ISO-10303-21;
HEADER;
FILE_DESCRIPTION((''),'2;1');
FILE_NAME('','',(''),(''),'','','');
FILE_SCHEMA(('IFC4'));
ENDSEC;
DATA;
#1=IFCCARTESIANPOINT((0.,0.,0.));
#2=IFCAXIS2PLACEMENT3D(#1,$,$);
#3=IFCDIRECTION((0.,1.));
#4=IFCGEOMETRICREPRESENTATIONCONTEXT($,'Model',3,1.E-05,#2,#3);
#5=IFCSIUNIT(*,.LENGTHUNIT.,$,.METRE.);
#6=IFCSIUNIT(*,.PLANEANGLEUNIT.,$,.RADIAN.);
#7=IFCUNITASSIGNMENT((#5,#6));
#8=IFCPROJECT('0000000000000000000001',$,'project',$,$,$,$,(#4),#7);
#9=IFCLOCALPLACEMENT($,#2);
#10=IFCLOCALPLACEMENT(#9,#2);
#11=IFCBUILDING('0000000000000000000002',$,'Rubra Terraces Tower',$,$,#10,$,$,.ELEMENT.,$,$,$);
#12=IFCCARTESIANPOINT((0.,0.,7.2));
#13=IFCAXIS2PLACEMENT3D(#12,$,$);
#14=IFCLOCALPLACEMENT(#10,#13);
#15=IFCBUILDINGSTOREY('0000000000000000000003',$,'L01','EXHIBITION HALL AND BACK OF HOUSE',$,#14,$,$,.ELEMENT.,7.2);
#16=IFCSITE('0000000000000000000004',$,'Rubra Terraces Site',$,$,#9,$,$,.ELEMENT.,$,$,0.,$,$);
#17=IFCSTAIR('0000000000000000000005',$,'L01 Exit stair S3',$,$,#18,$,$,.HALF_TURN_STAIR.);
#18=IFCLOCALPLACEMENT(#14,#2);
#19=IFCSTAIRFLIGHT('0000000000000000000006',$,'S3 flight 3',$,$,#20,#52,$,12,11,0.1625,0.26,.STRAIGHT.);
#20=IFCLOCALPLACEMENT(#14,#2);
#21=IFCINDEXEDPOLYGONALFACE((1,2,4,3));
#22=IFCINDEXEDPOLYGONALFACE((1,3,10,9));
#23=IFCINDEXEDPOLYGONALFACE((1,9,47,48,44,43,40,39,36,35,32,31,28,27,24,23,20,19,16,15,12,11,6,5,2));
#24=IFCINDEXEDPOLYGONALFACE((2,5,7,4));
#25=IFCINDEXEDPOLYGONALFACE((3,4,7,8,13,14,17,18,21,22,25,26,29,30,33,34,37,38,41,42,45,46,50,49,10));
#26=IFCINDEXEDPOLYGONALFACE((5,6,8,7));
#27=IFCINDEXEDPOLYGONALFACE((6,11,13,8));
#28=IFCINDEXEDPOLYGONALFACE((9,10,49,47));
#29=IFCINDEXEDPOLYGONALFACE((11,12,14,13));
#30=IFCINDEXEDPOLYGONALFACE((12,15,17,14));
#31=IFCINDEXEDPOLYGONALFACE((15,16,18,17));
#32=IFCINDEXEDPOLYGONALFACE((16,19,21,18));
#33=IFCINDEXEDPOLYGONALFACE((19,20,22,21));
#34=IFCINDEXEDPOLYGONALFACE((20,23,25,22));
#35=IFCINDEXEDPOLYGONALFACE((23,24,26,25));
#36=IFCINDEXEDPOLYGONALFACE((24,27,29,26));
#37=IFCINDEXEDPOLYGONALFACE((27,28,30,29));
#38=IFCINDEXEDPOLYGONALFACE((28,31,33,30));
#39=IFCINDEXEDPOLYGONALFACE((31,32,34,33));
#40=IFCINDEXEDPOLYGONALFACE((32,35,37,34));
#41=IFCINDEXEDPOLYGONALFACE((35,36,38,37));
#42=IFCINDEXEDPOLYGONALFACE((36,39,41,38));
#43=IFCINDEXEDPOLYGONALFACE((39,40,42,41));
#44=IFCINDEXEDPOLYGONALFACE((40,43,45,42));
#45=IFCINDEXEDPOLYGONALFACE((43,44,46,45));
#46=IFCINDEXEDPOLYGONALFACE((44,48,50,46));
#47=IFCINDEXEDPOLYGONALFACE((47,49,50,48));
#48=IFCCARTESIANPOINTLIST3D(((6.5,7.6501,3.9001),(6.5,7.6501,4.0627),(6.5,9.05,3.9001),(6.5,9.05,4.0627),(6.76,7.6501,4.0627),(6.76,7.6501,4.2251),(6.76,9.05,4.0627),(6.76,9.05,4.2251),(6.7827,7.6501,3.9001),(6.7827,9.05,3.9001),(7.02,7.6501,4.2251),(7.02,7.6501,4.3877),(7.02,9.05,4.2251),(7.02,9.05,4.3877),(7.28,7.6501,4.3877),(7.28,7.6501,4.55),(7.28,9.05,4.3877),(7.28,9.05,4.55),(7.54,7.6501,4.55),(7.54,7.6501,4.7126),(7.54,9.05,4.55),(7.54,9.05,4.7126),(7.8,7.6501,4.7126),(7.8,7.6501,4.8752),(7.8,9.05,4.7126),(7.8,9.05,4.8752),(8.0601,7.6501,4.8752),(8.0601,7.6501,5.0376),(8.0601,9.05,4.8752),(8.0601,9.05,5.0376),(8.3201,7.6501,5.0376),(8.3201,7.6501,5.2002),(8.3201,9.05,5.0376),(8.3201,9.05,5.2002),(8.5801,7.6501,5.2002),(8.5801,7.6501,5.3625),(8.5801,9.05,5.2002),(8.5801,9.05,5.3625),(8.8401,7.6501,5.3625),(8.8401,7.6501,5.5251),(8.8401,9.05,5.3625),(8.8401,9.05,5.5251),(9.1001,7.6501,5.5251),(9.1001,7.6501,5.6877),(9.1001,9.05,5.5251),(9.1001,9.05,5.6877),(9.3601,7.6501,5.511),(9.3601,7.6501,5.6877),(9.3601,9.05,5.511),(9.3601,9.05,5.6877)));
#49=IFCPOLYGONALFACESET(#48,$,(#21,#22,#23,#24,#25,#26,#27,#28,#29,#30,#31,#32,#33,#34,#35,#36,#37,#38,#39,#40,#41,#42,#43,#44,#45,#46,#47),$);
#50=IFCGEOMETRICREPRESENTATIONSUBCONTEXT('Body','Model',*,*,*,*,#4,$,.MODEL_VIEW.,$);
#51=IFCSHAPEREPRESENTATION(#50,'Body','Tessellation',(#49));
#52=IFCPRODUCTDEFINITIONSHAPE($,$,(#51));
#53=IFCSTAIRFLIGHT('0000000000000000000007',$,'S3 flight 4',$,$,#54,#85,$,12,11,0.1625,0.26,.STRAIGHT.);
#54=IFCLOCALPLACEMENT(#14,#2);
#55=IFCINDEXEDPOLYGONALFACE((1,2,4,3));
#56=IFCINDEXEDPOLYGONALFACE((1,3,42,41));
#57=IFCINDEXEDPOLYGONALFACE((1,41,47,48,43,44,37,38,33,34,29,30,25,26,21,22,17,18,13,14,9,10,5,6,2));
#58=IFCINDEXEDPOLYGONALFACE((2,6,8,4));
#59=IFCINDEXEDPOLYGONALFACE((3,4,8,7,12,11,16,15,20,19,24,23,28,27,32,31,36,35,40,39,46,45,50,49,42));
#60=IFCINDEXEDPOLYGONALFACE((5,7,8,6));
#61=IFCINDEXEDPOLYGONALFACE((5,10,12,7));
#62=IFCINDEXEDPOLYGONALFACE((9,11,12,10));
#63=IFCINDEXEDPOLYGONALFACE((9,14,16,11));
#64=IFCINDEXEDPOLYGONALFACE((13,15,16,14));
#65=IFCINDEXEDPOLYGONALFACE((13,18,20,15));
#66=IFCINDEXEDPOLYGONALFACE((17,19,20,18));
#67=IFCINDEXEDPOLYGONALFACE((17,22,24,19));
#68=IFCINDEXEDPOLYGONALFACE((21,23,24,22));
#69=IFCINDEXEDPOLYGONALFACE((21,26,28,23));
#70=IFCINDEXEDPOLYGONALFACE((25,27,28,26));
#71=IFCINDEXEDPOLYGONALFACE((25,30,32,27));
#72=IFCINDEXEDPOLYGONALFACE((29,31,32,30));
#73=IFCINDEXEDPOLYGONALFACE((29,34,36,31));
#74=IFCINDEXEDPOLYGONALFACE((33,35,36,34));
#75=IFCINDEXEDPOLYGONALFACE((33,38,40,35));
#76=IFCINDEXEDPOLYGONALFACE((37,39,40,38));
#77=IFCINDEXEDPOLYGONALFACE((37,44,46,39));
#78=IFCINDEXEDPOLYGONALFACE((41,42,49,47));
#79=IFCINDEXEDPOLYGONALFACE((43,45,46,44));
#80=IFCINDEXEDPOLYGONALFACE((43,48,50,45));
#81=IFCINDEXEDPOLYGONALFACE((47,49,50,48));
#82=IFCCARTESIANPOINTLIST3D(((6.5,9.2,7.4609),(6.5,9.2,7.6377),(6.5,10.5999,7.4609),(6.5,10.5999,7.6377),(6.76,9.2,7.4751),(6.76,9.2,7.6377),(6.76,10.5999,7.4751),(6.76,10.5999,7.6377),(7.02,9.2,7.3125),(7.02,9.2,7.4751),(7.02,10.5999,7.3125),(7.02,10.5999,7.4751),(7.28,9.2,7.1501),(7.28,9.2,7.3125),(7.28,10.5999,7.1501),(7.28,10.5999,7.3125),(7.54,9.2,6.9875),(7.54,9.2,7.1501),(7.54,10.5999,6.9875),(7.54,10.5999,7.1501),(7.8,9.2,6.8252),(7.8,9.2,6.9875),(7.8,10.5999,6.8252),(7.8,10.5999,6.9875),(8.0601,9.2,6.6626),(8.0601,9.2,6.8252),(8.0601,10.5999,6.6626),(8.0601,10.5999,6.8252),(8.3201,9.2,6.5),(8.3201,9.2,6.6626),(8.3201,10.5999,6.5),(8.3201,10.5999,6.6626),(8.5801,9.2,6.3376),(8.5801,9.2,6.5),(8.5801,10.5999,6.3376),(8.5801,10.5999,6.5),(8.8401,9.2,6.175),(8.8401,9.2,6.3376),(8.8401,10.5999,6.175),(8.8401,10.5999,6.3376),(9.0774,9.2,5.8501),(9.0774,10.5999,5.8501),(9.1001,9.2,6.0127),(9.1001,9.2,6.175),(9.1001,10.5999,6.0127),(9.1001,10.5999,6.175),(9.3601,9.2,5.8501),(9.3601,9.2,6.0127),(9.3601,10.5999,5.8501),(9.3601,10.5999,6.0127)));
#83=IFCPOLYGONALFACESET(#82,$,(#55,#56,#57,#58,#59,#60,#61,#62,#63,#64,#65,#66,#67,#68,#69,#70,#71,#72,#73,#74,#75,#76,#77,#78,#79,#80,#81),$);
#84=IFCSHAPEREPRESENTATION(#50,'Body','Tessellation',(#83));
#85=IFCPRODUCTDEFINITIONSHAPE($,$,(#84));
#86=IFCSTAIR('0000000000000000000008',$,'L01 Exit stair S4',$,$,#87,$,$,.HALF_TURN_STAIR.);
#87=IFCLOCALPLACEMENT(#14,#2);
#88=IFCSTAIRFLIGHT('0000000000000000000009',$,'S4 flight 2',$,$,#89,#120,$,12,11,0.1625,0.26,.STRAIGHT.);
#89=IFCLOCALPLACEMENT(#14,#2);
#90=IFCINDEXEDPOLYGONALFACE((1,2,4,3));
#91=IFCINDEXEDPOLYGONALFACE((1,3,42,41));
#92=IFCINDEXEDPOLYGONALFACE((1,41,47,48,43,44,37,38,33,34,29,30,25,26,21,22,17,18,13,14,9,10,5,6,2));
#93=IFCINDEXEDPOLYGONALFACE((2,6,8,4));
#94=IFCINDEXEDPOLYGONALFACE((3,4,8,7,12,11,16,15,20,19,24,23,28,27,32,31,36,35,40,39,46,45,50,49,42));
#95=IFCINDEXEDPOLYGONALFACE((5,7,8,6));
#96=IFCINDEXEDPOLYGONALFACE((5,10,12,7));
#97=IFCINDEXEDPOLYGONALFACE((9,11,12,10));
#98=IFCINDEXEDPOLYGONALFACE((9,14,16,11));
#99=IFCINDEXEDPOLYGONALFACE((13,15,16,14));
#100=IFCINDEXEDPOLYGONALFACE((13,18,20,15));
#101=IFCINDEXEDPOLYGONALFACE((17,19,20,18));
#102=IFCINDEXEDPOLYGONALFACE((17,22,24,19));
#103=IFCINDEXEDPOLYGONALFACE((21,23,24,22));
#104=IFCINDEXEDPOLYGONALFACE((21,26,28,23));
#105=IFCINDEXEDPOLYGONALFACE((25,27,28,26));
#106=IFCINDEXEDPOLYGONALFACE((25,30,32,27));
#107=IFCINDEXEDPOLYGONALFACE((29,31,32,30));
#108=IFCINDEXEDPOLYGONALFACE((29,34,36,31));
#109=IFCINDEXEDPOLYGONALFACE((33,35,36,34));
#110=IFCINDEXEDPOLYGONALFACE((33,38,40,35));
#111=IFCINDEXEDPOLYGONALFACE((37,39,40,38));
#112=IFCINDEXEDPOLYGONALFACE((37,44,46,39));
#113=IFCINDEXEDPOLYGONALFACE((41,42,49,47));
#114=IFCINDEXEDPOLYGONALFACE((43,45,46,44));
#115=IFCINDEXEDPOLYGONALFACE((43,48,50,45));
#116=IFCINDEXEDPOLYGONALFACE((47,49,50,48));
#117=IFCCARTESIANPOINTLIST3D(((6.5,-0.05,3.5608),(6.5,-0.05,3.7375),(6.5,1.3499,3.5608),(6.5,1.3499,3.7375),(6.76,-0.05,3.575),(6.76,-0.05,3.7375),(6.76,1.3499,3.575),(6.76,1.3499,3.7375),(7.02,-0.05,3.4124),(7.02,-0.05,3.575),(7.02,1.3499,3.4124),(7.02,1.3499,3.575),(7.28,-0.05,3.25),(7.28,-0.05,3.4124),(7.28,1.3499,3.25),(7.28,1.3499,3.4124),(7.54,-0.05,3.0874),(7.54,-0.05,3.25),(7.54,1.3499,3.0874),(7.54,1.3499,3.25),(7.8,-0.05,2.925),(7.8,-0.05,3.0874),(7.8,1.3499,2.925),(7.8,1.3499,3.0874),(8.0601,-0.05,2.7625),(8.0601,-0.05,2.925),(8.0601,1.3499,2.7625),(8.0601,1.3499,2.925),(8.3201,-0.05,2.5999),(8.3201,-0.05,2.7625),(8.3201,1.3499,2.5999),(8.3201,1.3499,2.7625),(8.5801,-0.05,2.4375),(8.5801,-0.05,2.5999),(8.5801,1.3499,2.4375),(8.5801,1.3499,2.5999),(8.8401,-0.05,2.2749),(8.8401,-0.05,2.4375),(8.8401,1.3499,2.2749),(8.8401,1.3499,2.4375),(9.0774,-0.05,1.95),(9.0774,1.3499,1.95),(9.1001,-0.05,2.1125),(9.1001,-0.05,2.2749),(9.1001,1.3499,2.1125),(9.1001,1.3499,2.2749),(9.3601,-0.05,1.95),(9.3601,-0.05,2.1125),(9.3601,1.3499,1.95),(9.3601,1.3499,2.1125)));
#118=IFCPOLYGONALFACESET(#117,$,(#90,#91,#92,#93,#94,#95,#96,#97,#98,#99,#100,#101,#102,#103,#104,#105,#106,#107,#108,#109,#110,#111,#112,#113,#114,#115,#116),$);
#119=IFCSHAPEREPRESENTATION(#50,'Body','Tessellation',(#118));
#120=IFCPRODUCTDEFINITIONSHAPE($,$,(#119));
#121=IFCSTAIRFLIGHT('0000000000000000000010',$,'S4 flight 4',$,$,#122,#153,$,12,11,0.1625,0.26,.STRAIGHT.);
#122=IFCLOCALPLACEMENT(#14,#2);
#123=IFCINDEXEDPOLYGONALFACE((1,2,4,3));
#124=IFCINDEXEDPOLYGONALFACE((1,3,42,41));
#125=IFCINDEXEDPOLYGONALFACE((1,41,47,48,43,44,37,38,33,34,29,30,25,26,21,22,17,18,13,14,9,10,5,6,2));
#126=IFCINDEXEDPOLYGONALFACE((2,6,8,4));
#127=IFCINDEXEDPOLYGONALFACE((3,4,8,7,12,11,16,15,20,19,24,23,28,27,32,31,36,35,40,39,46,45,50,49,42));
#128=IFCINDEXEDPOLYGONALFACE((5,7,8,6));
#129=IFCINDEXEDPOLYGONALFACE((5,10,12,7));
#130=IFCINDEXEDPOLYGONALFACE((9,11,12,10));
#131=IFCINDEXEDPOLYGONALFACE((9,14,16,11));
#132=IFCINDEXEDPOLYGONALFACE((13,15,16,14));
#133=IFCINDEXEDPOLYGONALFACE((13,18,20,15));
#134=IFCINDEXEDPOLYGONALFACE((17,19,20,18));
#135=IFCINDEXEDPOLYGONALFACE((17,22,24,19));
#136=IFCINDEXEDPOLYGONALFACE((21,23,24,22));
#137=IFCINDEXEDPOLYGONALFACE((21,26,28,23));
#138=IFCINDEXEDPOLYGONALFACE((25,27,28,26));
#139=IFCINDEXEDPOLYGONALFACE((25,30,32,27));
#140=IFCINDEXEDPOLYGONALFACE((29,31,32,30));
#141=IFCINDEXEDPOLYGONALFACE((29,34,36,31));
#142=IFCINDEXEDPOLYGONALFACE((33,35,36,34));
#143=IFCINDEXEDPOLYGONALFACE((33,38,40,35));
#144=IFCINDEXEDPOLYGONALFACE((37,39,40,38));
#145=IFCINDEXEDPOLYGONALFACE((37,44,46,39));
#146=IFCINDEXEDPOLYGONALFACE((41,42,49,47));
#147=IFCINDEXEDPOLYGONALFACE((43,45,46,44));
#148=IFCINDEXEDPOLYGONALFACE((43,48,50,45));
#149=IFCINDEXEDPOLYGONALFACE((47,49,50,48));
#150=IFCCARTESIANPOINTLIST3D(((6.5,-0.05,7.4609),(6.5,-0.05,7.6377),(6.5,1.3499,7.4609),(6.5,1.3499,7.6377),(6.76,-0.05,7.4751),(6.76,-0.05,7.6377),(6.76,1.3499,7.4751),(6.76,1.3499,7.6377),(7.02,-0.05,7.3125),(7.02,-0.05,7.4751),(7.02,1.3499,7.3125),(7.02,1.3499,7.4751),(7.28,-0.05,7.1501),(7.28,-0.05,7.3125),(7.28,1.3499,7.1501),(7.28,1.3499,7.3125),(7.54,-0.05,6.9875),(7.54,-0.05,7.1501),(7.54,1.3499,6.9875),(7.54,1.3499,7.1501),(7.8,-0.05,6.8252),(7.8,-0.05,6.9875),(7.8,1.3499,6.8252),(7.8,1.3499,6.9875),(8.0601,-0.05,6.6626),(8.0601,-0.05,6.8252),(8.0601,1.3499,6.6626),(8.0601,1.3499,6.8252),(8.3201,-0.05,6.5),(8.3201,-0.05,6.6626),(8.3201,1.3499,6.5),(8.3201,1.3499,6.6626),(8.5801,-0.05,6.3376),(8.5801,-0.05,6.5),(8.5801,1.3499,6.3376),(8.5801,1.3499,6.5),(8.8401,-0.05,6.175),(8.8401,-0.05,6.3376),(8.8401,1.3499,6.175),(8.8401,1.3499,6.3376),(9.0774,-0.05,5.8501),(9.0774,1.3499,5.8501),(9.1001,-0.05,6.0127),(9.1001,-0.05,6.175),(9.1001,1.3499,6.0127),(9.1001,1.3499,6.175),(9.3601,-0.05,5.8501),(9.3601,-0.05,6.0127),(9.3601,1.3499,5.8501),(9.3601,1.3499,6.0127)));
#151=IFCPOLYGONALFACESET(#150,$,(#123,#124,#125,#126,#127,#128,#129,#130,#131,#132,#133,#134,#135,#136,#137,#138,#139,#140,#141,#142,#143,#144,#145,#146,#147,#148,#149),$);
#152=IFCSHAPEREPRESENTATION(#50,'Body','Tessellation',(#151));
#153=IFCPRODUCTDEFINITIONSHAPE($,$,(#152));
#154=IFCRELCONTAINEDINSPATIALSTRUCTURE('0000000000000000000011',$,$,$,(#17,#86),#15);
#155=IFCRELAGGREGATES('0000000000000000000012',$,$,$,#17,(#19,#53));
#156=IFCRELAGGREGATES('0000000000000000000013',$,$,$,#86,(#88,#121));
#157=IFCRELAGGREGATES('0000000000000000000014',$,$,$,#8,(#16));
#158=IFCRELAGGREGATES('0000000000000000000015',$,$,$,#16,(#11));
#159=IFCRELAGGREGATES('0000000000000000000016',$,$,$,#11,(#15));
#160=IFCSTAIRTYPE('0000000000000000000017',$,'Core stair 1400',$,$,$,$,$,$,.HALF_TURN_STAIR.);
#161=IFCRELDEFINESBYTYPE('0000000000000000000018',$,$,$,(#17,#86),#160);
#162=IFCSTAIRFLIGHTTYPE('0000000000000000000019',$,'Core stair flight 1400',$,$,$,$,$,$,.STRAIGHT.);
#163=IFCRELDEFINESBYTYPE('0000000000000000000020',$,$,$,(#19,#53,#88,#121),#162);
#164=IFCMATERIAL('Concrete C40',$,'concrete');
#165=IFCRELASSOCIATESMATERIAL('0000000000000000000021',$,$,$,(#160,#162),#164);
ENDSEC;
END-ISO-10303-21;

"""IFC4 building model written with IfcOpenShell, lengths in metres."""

from ifc_helpers import new_model, si_unit, direction, frame, origin, place, context, subcontext, project, spatial, polyline, outline, extrude, material, type_object, element, aggregate, save


model = new_model("IFC4")

# Units and contexts
model_context = context("Model", 3, precision=1e-05, world=origin(), true_north=direction((0.0, 1.0)))
body_context = subcontext(model_context, "Body", "Model", "MODEL_VIEW")
ifc_project = project(units=[si_unit("LENGTHUNIT", "METRE"), si_unit("PLANEANGLEUNIT", "RADIAN")], contexts=[model_context])

# Site, building, storey
site_placement = place(None, origin())
site = spatial("IfcSite", under=ifc_project, at=site_placement, Name="Rubra Terraces Site", CompositionType="ELEMENT", RefElevation=0.0)
building_placement = place(site_placement, origin())
building = spatial("IfcBuilding", under=site, at=building_placement, Name="Rubra Terraces Tower", CompositionType="ELEMENT")
storey_placement = place(building_placement, frame((0.0, 0.0, 7.2)))
storey = spatial("IfcBuildingStorey", under=building, at=storey_placement, Name="L01", Description="EXHIBITION HALL AND BACK OF HOUSE", CompositionType="ELEMENT", Elevation=7.2)

# Shared definitions
ifc_material_1 = material(Name="Concrete C40", Category="concrete")

# Stairs, stair flights
stair_type = type_object("IfcStairType", Name="Core stair 1400", PredefinedType="HALF_TURN_STAIR", material=ifc_material_1)
stair_1_placement = place(storey_placement, origin())
stair_1 = element("IfcStair", 1, at=stair_1_placement, inside=storey, type_object=stair_type, Name="L01 Exit stair S3", PredefinedType="HALF_TURN_STAIR")
stair_flight_type = type_object("IfcStairFlightType", Name="Core stair flight 1400", PredefinedType="STRAIGHT", material=ifc_material_1)
stair_flight_1_placement = place(storey_placement, frame((6.5, 8.3501, 3.9001), z_axis=(0.0, 0.0, 1.0), x_axis=(1.0, 0.0, 0.0)))
stair_flight_1 = element("IfcStairFlight", 2, at=stair_flight_1_placement, type_object=stair_flight_type, Name="S3 flight 3", NumberOfRisers=12, NumberOfTreads=11, PredefinedType="STRAIGHT", RiserHeight=0.1625, TreadLength=0.26, context=body_context, shape_type="SweptSolid", body=[
    extrude(outline(polyline([(0.0, 0.0), (0.0, 0.1626), (0.26, 0.1626), (0.26, 0.325), (0.52, 0.325), (0.52, 0.4875), (0.78, 0.4875), (0.78, 0.6499), (1.04, 0.6499), (1.04, 0.8125), (1.3, 0.8125), (1.3, 0.9751), (1.5601, 0.9751), (1.5601, 1.1375), (1.8201, 1.1375), (1.8201, 1.3), (2.0801, 1.3), (2.0801, 1.4624), (2.3401, 1.4624), (2.3401, 1.625), (2.6001, 1.625), (2.6001, 1.7876), (2.8601, 1.7876), (2.8601, 1.95), (2.8601, 1.6108), (0.2827, 0.0), (0.0, 0.0)])), frame((0.0, 0.7, 0.0), z_axis=(0.0, -1.0, 0.0), x_axis=(1.0, 0.0, 0.0)), (0.0, 0.0, 1.0), 1.3999),
])
stair_flight_2_placement = place(storey_placement, frame((9.3601, 9.8999, 5.8501), z_axis=(0.0, 0.0, 1.0), x_axis=(-1.0, 0.0, 0.0)))
stair_flight_2 = element("IfcStairFlight", 3, at=stair_flight_2_placement, type_object=stair_flight_type, Name="S3 flight 4", NumberOfRisers=12, NumberOfTreads=11, PredefinedType="STRAIGHT", RiserHeight=0.1625, TreadLength=0.26, context=body_context, shape_type="SweptSolid", body=[
    extrude(outline(polyline([(0.0, 0.0), (0.0, 0.1626), (0.26, 0.1626), (0.26, 0.325), (0.52, 0.325), (0.52, 0.4875), (0.78, 0.4875), (0.78, 0.6499), (1.04, 0.6499), (1.04, 0.8125), (1.3, 0.8125), (1.3, 0.9751), (1.5601, 0.9751), (1.5601, 1.1375), (1.8201, 1.1375), (1.8201, 1.3), (2.0801, 1.3), (2.0801, 1.4624), (2.3401, 1.4624), (2.3401, 1.625), (2.6001, 1.625), (2.6001, 1.7876), (2.8601, 1.7876), (2.8601, 1.95), (2.8601, 1.6108), (0.2827, 0.0), (0.0, 0.0)])), frame((0.0, 0.7, 0.0), z_axis=(0.0, -1.0, 0.0), x_axis=(1.0, 0.0, 0.0)), (0.0, 0.0, 1.0), 1.3999),
])
aggregate(stair_1, [stair_flight_1, stair_flight_2])
stair_2_placement = place(storey_placement, origin())
stair_2 = element("IfcStair", 4, at=stair_2_placement, inside=storey, type_object=stair_type, Name="L01 Exit stair S4", PredefinedType="HALF_TURN_STAIR")
stair_flight_3_placement = place(storey_placement, frame((9.3601, 0.6499, 1.95), z_axis=(0.0, 0.0, 1.0), x_axis=(-1.0, 0.0, 0.0)))
stair_flight_3 = element("IfcStairFlight", 5, at=stair_flight_3_placement, type_object=stair_flight_type, Name="S4 flight 2", NumberOfRisers=12, NumberOfTreads=11, PredefinedType="STRAIGHT", RiserHeight=0.1625, TreadLength=0.26, context=body_context, shape_type="SweptSolid", body=[
    extrude(outline(polyline([(0.0, 0.0), (0.0, 0.1626), (0.26, 0.1626), (0.26, 0.325), (0.52, 0.325), (0.52, 0.4875), (0.78, 0.4875), (0.78, 0.6499), (1.04, 0.6499), (1.04, 0.8125), (1.3, 0.8125), (1.3, 0.9751), (1.5601, 0.9751), (1.5601, 1.1375), (1.8201, 1.1375), (1.8201, 1.3), (2.0801, 1.3), (2.0801, 1.4624), (2.3401, 1.4624), (2.3401, 1.625), (2.6001, 1.625), (2.6001, 1.7876), (2.8601, 1.7876), (2.8601, 1.95), (2.8601, 1.6108), (0.2827, 0.0), (0.0, 0.0)])), frame((0.0, 0.7, 0.0), z_axis=(0.0, -1.0, 0.0), x_axis=(1.0, 0.0, 0.0)), (0.0, 0.0, 1.0), 1.3999),
])
stair_flight_4_placement = place(storey_placement, frame((9.3601, 0.6499, 5.8501), z_axis=(0.0, 0.0, 1.0), x_axis=(-1.0, 0.0, 0.0)))
stair_flight_4 = element("IfcStairFlight", 6, at=stair_flight_4_placement, type_object=stair_flight_type, Name="S4 flight 4", NumberOfRisers=12, NumberOfTreads=11, PredefinedType="STRAIGHT", RiserHeight=0.1625, TreadLength=0.26, context=body_context, shape_type="SweptSolid", body=[
    extrude(outline(polyline([(0.0, 0.0), (0.0, 0.1626), (0.26, 0.1626), (0.26, 0.325), (0.52, 0.325), (0.52, 0.4875), (0.78, 0.4875), (0.78, 0.6499), (1.04, 0.6499), (1.04, 0.8125), (1.3, 0.8125), (1.3, 0.9751), (1.5601, 0.9751), (1.5601, 1.1375), (1.8201, 1.1375), (1.8201, 1.3), (2.0801, 1.3), (2.0801, 1.4624), (2.3401, 1.4624), (2.3401, 1.625), (2.6001, 1.625), (2.6001, 1.7876), (2.8601, 1.7876), (2.8601, 1.95), (2.8601, 1.6108), (0.2827, 0.0), (0.0, 0.0)])), frame((0.0, 0.7, 0.0), z_axis=(0.0, -1.0, 0.0), x_axis=(1.0, 0.0, 0.0)), (0.0, 0.0, 1.0), 1.3999),
])
aggregate(stair_2, [stair_flight_3, stair_flight_4])

save(model, "model.ifc")
